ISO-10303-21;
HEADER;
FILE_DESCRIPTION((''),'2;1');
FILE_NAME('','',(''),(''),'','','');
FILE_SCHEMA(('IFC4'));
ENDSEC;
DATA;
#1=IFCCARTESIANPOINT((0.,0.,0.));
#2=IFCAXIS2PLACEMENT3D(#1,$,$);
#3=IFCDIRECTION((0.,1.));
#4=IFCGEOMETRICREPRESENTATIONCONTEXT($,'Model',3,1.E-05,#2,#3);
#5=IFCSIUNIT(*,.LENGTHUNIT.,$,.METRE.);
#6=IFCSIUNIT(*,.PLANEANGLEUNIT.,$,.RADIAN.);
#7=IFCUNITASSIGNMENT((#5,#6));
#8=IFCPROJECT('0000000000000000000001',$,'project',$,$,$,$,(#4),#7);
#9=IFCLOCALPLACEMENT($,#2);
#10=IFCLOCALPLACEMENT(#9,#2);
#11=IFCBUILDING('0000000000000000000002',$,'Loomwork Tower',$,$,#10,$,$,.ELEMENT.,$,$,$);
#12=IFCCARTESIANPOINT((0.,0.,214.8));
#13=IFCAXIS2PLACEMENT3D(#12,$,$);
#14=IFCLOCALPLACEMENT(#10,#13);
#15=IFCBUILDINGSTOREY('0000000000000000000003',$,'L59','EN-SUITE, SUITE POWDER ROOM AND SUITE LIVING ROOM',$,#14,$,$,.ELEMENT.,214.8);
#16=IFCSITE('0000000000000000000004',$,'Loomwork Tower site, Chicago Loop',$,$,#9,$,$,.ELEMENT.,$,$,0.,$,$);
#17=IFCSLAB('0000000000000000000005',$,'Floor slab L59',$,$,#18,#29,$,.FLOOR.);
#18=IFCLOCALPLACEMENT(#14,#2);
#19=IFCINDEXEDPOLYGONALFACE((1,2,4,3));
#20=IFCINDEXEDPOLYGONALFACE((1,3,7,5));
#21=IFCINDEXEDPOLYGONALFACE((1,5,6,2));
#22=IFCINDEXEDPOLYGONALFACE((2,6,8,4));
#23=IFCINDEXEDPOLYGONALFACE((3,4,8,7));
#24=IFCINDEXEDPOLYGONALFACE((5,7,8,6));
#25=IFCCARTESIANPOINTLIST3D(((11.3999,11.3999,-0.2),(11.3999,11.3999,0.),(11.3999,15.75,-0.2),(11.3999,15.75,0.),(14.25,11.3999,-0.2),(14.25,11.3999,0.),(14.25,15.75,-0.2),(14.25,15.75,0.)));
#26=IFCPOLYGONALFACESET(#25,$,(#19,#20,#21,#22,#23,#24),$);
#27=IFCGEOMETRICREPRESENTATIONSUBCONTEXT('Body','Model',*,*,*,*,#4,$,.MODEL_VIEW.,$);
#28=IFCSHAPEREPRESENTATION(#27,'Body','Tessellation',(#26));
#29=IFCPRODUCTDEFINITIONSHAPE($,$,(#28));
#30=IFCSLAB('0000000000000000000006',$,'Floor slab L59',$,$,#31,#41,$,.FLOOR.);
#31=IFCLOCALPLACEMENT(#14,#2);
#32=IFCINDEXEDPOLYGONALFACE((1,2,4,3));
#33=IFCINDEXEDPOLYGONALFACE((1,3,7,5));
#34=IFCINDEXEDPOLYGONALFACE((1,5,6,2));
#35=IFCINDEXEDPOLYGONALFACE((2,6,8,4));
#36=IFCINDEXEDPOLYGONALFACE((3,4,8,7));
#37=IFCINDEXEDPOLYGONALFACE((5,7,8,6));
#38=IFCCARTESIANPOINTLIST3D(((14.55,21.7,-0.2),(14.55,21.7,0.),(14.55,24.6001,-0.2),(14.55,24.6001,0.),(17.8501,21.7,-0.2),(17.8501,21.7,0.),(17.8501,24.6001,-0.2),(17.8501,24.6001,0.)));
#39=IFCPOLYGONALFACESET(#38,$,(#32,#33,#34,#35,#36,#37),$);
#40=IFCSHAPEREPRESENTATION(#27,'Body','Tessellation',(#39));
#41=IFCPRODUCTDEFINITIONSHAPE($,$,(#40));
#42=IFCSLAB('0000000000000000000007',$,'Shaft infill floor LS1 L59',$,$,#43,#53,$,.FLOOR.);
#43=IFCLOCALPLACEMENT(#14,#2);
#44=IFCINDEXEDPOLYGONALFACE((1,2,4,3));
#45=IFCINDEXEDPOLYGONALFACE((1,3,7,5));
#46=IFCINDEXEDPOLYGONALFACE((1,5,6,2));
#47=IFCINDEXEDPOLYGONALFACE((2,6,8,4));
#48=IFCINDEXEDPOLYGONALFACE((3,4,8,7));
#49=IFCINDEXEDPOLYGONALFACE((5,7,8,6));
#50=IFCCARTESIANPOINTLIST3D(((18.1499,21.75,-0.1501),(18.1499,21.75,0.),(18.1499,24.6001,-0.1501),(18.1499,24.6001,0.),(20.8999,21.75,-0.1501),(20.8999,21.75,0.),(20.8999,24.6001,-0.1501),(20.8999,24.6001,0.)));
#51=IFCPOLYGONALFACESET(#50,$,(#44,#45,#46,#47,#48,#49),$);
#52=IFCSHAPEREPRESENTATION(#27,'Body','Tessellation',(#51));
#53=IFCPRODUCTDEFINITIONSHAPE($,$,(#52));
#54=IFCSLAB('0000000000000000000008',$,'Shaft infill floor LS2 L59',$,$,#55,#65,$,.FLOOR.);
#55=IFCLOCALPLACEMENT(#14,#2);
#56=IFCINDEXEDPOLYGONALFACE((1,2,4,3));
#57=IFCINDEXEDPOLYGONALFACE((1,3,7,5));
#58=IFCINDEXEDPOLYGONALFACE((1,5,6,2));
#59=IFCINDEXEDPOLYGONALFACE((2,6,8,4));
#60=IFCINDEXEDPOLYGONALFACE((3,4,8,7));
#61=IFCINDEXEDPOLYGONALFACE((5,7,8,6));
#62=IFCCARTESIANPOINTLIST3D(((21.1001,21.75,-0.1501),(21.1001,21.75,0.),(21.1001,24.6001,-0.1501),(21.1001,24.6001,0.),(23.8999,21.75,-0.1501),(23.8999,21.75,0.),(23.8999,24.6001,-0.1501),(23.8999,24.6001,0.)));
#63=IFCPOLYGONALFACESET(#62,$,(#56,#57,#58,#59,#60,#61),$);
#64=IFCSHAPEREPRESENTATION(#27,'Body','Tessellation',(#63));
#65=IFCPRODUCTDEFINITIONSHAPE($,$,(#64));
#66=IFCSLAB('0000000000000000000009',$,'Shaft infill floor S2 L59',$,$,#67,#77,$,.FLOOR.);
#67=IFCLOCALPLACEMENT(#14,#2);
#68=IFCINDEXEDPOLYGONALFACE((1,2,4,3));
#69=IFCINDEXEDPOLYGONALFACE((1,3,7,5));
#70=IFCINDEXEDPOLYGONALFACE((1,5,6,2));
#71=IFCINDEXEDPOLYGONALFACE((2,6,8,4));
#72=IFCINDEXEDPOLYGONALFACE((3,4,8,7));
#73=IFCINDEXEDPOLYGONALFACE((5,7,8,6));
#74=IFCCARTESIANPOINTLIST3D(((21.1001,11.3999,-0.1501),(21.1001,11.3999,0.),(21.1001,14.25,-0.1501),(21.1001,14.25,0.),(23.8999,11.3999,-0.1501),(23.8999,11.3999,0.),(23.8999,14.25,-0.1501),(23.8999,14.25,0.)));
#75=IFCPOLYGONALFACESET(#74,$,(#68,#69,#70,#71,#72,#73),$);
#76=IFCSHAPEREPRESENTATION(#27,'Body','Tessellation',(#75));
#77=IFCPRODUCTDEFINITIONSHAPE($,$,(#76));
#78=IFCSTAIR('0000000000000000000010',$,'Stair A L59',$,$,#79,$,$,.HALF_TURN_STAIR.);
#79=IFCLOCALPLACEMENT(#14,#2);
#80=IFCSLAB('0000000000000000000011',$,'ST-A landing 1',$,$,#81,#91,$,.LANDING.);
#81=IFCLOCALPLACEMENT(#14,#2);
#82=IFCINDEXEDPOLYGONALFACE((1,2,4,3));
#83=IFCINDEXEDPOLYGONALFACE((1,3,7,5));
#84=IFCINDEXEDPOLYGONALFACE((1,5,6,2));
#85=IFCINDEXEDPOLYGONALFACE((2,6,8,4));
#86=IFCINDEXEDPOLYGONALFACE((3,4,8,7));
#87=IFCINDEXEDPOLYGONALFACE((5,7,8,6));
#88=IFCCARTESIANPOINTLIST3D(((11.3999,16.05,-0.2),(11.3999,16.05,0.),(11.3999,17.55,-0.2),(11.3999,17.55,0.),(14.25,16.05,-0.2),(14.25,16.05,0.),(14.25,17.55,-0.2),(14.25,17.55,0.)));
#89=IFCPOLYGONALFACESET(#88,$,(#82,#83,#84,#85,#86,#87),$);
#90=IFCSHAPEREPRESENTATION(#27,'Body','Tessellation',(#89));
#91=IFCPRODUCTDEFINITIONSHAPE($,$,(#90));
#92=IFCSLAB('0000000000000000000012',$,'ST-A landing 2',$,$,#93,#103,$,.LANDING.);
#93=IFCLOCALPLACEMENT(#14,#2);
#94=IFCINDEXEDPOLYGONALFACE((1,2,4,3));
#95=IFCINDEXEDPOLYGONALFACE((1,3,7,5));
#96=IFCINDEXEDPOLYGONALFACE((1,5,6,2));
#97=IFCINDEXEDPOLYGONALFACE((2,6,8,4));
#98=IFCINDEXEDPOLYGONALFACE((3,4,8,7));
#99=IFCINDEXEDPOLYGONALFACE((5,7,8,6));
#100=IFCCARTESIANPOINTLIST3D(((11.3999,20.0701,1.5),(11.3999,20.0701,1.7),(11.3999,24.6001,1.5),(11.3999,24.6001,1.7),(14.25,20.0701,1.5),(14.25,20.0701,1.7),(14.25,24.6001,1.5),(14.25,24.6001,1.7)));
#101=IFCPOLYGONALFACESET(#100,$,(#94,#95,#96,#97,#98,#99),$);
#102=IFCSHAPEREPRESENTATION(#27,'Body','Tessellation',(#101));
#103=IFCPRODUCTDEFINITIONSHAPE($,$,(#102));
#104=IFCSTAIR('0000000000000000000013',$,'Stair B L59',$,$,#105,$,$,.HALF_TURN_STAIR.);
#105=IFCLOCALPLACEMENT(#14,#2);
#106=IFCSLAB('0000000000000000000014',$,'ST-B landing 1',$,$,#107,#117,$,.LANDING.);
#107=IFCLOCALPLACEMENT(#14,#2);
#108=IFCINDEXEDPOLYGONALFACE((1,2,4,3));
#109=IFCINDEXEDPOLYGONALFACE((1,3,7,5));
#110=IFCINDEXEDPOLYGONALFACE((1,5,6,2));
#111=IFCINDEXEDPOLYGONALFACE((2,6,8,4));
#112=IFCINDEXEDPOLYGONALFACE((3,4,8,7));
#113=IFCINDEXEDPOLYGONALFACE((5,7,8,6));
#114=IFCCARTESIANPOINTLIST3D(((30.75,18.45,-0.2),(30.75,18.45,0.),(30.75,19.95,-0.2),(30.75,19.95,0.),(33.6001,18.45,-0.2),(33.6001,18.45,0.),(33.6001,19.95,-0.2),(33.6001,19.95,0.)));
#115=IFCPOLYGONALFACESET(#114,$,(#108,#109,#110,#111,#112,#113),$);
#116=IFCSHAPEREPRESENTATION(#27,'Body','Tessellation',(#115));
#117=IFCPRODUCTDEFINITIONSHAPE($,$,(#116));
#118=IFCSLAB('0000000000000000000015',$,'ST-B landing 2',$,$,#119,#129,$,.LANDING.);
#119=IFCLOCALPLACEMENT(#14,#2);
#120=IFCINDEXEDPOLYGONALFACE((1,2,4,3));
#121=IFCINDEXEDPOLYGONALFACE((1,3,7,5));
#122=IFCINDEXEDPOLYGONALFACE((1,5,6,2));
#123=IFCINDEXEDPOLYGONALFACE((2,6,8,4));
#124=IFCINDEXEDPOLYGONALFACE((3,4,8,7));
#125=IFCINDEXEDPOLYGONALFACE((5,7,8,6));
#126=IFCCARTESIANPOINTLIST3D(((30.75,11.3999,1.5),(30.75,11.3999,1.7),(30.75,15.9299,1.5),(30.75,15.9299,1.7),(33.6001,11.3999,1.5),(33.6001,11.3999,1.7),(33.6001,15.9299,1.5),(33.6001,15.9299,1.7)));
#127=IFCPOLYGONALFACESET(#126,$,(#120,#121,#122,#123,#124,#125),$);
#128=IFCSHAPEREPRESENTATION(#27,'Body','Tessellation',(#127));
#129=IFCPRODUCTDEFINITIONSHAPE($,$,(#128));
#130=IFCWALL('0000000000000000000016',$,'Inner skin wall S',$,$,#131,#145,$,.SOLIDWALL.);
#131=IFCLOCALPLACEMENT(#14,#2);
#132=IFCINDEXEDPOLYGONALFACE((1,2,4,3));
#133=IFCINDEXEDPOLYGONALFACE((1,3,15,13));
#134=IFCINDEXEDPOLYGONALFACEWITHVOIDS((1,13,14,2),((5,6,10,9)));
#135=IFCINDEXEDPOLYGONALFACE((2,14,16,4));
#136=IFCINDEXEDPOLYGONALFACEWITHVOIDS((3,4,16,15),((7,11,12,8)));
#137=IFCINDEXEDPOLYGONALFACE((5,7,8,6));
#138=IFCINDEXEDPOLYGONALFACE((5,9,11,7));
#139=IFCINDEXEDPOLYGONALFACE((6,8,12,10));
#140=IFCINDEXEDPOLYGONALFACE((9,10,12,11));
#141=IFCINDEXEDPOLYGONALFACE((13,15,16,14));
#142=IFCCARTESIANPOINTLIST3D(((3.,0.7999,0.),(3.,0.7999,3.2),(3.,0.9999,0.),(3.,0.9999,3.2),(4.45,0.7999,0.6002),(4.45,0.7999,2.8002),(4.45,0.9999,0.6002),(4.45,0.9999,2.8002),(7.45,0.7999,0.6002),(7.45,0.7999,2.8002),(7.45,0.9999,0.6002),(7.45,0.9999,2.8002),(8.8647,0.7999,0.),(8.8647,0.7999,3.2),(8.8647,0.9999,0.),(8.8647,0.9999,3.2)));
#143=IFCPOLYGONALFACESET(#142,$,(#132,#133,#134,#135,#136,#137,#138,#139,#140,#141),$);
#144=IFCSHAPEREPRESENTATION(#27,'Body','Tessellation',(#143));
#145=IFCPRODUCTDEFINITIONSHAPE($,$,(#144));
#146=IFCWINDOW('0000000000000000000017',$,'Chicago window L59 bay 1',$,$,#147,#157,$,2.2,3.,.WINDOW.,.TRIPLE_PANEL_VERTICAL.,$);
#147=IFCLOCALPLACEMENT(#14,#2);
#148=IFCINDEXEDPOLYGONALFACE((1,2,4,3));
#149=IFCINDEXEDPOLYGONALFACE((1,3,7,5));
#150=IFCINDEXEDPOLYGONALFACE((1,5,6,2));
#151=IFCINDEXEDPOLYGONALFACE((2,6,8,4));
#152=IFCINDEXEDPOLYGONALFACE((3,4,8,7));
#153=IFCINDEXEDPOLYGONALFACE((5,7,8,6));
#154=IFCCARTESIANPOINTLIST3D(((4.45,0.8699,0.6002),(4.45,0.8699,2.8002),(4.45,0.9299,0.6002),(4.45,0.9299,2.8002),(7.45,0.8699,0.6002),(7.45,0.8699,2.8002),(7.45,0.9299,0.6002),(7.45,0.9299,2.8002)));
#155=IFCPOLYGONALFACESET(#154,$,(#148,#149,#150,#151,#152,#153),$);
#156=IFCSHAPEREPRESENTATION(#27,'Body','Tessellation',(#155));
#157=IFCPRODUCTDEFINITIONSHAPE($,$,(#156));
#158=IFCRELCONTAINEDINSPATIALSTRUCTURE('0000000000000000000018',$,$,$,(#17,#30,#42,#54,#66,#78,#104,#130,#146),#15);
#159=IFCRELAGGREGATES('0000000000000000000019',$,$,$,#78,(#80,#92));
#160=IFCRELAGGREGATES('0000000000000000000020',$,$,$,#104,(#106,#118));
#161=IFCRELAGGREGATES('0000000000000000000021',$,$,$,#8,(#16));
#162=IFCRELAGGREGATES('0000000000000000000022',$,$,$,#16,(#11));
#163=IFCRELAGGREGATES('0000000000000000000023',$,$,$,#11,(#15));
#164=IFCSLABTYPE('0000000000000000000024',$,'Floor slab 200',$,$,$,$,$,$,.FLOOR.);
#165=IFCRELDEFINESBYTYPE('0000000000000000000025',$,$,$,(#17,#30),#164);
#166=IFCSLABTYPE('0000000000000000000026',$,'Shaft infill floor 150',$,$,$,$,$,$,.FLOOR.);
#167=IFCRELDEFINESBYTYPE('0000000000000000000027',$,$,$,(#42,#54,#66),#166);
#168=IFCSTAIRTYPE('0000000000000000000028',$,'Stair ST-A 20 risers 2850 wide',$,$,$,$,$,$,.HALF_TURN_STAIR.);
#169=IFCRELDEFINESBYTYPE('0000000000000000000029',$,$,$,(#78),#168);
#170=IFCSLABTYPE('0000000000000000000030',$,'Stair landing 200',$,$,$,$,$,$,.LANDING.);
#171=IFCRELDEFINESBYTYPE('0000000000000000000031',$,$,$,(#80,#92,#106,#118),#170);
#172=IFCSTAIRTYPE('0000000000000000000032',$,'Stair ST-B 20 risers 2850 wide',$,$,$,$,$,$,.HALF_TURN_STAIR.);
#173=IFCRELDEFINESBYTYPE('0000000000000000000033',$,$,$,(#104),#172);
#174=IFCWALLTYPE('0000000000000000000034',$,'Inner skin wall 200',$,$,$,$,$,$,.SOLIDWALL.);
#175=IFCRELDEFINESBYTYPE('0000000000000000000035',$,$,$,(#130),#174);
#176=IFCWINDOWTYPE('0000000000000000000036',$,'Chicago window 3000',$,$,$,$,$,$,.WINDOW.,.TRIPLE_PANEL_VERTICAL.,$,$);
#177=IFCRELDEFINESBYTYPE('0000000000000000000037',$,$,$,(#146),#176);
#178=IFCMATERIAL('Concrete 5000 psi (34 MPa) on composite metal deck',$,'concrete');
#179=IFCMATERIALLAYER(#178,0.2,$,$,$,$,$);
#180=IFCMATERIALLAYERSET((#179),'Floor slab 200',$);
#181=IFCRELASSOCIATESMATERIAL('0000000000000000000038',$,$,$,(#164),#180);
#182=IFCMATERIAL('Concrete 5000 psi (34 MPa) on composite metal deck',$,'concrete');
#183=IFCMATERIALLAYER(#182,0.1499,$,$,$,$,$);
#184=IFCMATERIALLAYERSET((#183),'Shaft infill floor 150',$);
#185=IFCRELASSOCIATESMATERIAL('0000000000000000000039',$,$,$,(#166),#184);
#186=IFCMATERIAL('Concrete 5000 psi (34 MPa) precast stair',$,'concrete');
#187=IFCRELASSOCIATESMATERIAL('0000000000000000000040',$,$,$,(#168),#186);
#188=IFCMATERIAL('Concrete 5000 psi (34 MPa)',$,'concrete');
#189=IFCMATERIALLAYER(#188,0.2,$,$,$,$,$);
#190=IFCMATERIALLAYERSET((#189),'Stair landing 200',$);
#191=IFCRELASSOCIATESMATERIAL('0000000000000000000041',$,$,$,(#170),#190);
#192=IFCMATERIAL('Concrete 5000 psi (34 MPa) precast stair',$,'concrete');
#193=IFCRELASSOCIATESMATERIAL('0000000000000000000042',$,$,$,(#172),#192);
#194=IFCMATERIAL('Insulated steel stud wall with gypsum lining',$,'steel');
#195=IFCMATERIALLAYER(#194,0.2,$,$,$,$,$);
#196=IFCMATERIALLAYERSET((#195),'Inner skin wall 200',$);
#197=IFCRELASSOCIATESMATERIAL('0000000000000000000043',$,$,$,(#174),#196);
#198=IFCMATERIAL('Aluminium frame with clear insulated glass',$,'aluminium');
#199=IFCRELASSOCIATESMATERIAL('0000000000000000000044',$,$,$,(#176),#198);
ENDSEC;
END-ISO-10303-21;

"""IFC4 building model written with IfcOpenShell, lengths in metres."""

from ifc_helpers import new_model, si_unit, direction, frame, frame_2d, origin, place, context, subcontext, project, spatial, polyline, rectangle, outline, extrude, material, layer, layer_set, type_object, element, fill, aggregate, save


model = new_model("IFC4")

# Units and contexts
model_context = context("Model", 3, precision=1e-05, world=origin(), true_north=direction((0.0, 1.0)))
body_context = subcontext(model_context, "Body", "Model", "MODEL_VIEW")
ifc_project = project(units=[si_unit("LENGTHUNIT", "METRE"), si_unit("PLANEANGLEUNIT", "RADIAN")], contexts=[model_context])

# Site, building, storey
site_placement = place(None, origin())
site = spatial("IfcSite", under=ifc_project, at=site_placement, Name="Loomwork Tower site, Chicago Loop", CompositionType="ELEMENT", RefElevation=0.0)
building_placement = place(site_placement, origin())
building = spatial("IfcBuilding", under=site, at=building_placement, Name="Loomwork Tower", CompositionType="ELEMENT")
storey_placement = place(building_placement, frame((0.0, 0.0, 214.8)))
storey = spatial("IfcBuildingStorey", under=building, at=storey_placement, Name="L59", Description="EN-SUITE, SUITE POWDER ROOM AND SUITE LIVING ROOM", CompositionType="ELEMENT", Elevation=214.8)

# Slabs
ifc_material_1 = material(Name="Concrete 5000 psi (34 MPa) on composite metal deck", Category="concrete")
ifc_layer_1 = layer(ifc_material_1, 0.2)
ifc_layer_set_1 = layer_set([ifc_layer_1], Name="Floor slab 200")
slab_type_1 = type_object("IfcSlabType", Name="Floor slab 200", PredefinedType="FLOOR", material=ifc_layer_set_1)
slab_1_placement = place(storey_placement, frame((0.0, 0.0, -0.2)))
element("IfcSlab", 1, at=slab_1_placement, inside=storey, type_object=slab_type_1, Name="Floor slab L59", PredefinedType="FLOOR", context=body_context, shape_type="SweptSolid", body=[
    extrude(outline(polyline([(14.25, 15.75), (14.25, 11.3999), (11.3999, 11.3999), (11.3999, 15.75), (14.25, 15.75)])), origin(), (0.0, 0.0, 1.0), 0.2),
])
slab_2_placement = place(storey_placement, frame((0.0, 0.0, -0.2)))
element("IfcSlab", 2, at=slab_2_placement, inside=storey, type_object=slab_type_1, Name="Floor slab L59", PredefinedType="FLOOR", context=body_context, shape_type="SweptSolid", body=[
    extrude(outline(polyline([(14.55, 21.7), (14.55, 24.6001), (17.8501, 24.6001), (17.8501, 21.7), (14.55, 21.7)])), origin(), (0.0, 0.0, 1.0), 0.2),
])
ifc_material_2 = material(Name="Concrete 5000 psi (34 MPa) on composite metal deck", Category="concrete")
ifc_layer_2 = layer(ifc_material_2, 0.1499)
ifc_layer_set_2 = layer_set([ifc_layer_2], Name="Shaft infill floor 150")
slab_type_2 = type_object("IfcSlabType", Name="Shaft infill floor 150", PredefinedType="FLOOR", material=ifc_layer_set_2)
slab_3_placement = place(storey_placement, frame((0.0, 0.0, -0.1501)))
element("IfcSlab", 3, at=slab_3_placement, inside=storey, type_object=slab_type_2, Name="Shaft infill floor LS1 L59", PredefinedType="FLOOR", context=body_context, shape_type="SweptSolid", body=[
    extrude(outline(polyline([(18.1499, 21.75), (20.8999, 21.75), (20.8999, 24.6001), (18.1499, 24.6001), (18.1499, 21.75)])), origin(), (0.0, 0.0, 1.0), 0.1501),
])
slab_4_placement = place(storey_placement, frame((0.0, 0.0, -0.1501)))
element("IfcSlab", 4, at=slab_4_placement, inside=storey, type_object=slab_type_2, Name="Shaft infill floor LS2 L59", PredefinedType="FLOOR", context=body_context, shape_type="SweptSolid", body=[
    extrude(outline(polyline([(21.1001, 21.75), (23.8999, 21.75), (23.8999, 24.6001), (21.1001, 24.6001), (21.1001, 21.75)])), origin(), (0.0, 0.0, 1.0), 0.1501),
])
slab_5_placement = place(storey_placement, frame((0.0, 0.0, -0.1501)))
element("IfcSlab", 5, at=slab_5_placement, inside=storey, type_object=slab_type_2, Name="Shaft infill floor S2 L59", PredefinedType="FLOOR", context=body_context, shape_type="SweptSolid", body=[
    extrude(outline(polyline([(21.1001, 11.3999), (23.8999, 11.3999), (23.8999, 14.25), (21.1001, 14.25), (21.1001, 11.3999)])), origin(), (0.0, 0.0, 1.0), 0.1501),
])

# Stairs, slabs
ifc_material_3 = material(Name="Concrete 5000 psi (34 MPa) precast stair", Category="concrete")
stair_type_1 = type_object("IfcStairType", Name="Stair ST-A 20 risers 2850 wide", PredefinedType="HALF_TURN_STAIR", material=ifc_material_3)
stair_1_placement = place(storey_placement, origin())
stair_1 = element("IfcStair", 6, at=stair_1_placement, inside=storey, type_object=stair_type_1, Name="Stair A L59", PredefinedType="HALF_TURN_STAIR")
ifc_material_4 = material(Name="Concrete 5000 psi (34 MPa)", Category="concrete")
ifc_layer_3 = layer(ifc_material_4, 0.2)
ifc_layer_set_3 = layer_set([ifc_layer_3], Name="Stair landing 200")
slab_type_3 = type_object("IfcSlabType", Name="Stair landing 200", PredefinedType="LANDING", material=ifc_layer_set_3)
slab_6_placement = place(storey_placement, frame((0.0, 0.0, -0.2)))
slab_6 = element("IfcSlab", 7, at=slab_6_placement, type_object=slab_type_3, Name="ST-A landing 1", PredefinedType="LANDING", context=body_context, shape_type="SweptSolid", body=[
    extrude(outline(polyline([(11.3999, 16.05), (14.25, 16.05), (14.25, 17.55), (11.3999, 17.55), (11.3999, 16.05)])), origin(), (0.0, 0.0, 1.0), 0.2),
])
slab_7_placement = place(storey_placement, frame((0.0, 0.0, 1.5)))
slab_7 = element("IfcSlab", 8, at=slab_7_placement, type_object=slab_type_3, Name="ST-A landing 2", PredefinedType="LANDING", context=body_context, shape_type="SweptSolid", body=[
    extrude(outline(polyline([(11.3999, 20.0701), (14.25, 20.0701), (14.25, 24.6001), (11.3999, 24.6001), (11.3999, 20.0701)])), origin(), (0.0, 0.0, 1.0), 0.2),
])
aggregate(stair_1, [slab_6, slab_7])
ifc_material_5 = material(Name="Concrete 5000 psi (34 MPa) precast stair", Category="concrete")
stair_type_2 = type_object("IfcStairType", Name="Stair ST-B 20 risers 2850 wide", PredefinedType="HALF_TURN_STAIR", material=ifc_material_5)
stair_2_placement = place(storey_placement, origin())
stair_2 = element("IfcStair", 9, at=stair_2_placement, inside=storey, type_object=stair_type_2, Name="Stair B L59", PredefinedType="HALF_TURN_STAIR")
slab_8_placement = place(storey_placement, frame((0.0, 0.0, -0.2)))
slab_8 = element("IfcSlab", 10, at=slab_8_placement, type_object=slab_type_3, Name="ST-B landing 1", PredefinedType="LANDING", context=body_context, shape_type="SweptSolid", body=[
    extrude(outline(polyline([(30.75, 18.45), (33.6001, 18.45), (33.6001, 19.95), (30.75, 19.95), (30.75, 18.45)])), origin(), (0.0, 0.0, 1.0), 0.2),
])
slab_9_placement = place(storey_placement, frame((0.0, 0.0, 1.5)))
slab_9 = element("IfcSlab", 11, at=slab_9_placement, type_object=slab_type_3, Name="ST-B landing 2", PredefinedType="LANDING", context=body_context, shape_type="SweptSolid", body=[
    extrude(outline(polyline([(30.75, 11.3999), (33.6001, 11.3999), (33.6001, 15.9299), (30.75, 15.9299), (30.75, 11.3999)])), origin(), (0.0, 0.0, 1.0), 0.2),
])
aggregate(stair_2, [slab_8, slab_9])

# Wall, opening, window
ifc_material_6 = material(Name="Insulated steel stud wall with gypsum lining", Category="steel")
ifc_layer_4 = layer(ifc_material_6, 0.2)
ifc_layer_set_4 = layer_set([ifc_layer_4], Name="Inner skin wall 200")
wall_type_1 = type_object("IfcWallType", Name="Inner skin wall 200", PredefinedType="SOLIDWALL", material=ifc_layer_set_4)
wall_1_placement = place(storey_placement, frame((3.0, 0.8999, 0.0), z_axis=(0.0, 0.0, 1.0), x_axis=(1.0, 0.0, 0.0)))
wall_1 = element("IfcWall", 12, at=wall_1_placement, inside=storey, type_object=wall_type_1, Name="Inner skin wall S", PredefinedType="SOLIDWALL", context=body_context, shape_type="SweptSolid", body=[
    extrude(rectangle(XDim=5.8647, YDim=0.2, at=frame_2d((2.9324, 0.0))), origin(), (0.0, 0.0, 1.0), 3.2),
])
opening_1_placement = place(wall_1_placement, frame((1.45, 0.0, 0.6001)))
opening_1 = element("IfcOpeningElement", 13, at=opening_1_placement, cuts=wall_1, PredefinedType="OPENING", context=body_context, shape_type="SweptSolid", body=[
    extrude(rectangle(XDim=3.0, YDim=2.2, at=frame_2d((1.5, 1.1001))), frame((0.0, 0.1099, 0.0), z_axis=(0.0, -1.0, 0.0), x_axis=(1.0, 0.0, 0.0)), (0.0, 0.0, 1.0), 0.22),
])
ifc_material_7 = material(Name="Aluminium frame with clear insulated glass", Category="aluminium")
window_type_1 = type_object("IfcWindowType", Name="Chicago window 3000", PartitioningType="TRIPLE_PANEL_VERTICAL", PredefinedType="WINDOW", material=ifc_material_7)
window_1_placement = place(opening_1_placement, origin())
window_1 = element("IfcWindow", 14, at=window_1_placement, inside=storey, type_object=window_type_1, Name="Chicago window L59 bay 1", OverallHeight=2.2, OverallWidth=3.0, PartitioningType="TRIPLE_PANEL_VERTICAL", PredefinedType="WINDOW", context=body_context, shape_type="SweptSolid", body=[
    extrude(rectangle(XDim=3.0, YDim=2.2, at=frame_2d((1.5, 1.1001))), frame((0.0, 0.03, 0.0), z_axis=(0.0, -1.0, 0.0), x_axis=(1.0, 0.0, 0.0)), (0.0, 0.0, 1.0), 0.0601),
])
fill(opening_1, window_1)

save(model, "model.ifc")
